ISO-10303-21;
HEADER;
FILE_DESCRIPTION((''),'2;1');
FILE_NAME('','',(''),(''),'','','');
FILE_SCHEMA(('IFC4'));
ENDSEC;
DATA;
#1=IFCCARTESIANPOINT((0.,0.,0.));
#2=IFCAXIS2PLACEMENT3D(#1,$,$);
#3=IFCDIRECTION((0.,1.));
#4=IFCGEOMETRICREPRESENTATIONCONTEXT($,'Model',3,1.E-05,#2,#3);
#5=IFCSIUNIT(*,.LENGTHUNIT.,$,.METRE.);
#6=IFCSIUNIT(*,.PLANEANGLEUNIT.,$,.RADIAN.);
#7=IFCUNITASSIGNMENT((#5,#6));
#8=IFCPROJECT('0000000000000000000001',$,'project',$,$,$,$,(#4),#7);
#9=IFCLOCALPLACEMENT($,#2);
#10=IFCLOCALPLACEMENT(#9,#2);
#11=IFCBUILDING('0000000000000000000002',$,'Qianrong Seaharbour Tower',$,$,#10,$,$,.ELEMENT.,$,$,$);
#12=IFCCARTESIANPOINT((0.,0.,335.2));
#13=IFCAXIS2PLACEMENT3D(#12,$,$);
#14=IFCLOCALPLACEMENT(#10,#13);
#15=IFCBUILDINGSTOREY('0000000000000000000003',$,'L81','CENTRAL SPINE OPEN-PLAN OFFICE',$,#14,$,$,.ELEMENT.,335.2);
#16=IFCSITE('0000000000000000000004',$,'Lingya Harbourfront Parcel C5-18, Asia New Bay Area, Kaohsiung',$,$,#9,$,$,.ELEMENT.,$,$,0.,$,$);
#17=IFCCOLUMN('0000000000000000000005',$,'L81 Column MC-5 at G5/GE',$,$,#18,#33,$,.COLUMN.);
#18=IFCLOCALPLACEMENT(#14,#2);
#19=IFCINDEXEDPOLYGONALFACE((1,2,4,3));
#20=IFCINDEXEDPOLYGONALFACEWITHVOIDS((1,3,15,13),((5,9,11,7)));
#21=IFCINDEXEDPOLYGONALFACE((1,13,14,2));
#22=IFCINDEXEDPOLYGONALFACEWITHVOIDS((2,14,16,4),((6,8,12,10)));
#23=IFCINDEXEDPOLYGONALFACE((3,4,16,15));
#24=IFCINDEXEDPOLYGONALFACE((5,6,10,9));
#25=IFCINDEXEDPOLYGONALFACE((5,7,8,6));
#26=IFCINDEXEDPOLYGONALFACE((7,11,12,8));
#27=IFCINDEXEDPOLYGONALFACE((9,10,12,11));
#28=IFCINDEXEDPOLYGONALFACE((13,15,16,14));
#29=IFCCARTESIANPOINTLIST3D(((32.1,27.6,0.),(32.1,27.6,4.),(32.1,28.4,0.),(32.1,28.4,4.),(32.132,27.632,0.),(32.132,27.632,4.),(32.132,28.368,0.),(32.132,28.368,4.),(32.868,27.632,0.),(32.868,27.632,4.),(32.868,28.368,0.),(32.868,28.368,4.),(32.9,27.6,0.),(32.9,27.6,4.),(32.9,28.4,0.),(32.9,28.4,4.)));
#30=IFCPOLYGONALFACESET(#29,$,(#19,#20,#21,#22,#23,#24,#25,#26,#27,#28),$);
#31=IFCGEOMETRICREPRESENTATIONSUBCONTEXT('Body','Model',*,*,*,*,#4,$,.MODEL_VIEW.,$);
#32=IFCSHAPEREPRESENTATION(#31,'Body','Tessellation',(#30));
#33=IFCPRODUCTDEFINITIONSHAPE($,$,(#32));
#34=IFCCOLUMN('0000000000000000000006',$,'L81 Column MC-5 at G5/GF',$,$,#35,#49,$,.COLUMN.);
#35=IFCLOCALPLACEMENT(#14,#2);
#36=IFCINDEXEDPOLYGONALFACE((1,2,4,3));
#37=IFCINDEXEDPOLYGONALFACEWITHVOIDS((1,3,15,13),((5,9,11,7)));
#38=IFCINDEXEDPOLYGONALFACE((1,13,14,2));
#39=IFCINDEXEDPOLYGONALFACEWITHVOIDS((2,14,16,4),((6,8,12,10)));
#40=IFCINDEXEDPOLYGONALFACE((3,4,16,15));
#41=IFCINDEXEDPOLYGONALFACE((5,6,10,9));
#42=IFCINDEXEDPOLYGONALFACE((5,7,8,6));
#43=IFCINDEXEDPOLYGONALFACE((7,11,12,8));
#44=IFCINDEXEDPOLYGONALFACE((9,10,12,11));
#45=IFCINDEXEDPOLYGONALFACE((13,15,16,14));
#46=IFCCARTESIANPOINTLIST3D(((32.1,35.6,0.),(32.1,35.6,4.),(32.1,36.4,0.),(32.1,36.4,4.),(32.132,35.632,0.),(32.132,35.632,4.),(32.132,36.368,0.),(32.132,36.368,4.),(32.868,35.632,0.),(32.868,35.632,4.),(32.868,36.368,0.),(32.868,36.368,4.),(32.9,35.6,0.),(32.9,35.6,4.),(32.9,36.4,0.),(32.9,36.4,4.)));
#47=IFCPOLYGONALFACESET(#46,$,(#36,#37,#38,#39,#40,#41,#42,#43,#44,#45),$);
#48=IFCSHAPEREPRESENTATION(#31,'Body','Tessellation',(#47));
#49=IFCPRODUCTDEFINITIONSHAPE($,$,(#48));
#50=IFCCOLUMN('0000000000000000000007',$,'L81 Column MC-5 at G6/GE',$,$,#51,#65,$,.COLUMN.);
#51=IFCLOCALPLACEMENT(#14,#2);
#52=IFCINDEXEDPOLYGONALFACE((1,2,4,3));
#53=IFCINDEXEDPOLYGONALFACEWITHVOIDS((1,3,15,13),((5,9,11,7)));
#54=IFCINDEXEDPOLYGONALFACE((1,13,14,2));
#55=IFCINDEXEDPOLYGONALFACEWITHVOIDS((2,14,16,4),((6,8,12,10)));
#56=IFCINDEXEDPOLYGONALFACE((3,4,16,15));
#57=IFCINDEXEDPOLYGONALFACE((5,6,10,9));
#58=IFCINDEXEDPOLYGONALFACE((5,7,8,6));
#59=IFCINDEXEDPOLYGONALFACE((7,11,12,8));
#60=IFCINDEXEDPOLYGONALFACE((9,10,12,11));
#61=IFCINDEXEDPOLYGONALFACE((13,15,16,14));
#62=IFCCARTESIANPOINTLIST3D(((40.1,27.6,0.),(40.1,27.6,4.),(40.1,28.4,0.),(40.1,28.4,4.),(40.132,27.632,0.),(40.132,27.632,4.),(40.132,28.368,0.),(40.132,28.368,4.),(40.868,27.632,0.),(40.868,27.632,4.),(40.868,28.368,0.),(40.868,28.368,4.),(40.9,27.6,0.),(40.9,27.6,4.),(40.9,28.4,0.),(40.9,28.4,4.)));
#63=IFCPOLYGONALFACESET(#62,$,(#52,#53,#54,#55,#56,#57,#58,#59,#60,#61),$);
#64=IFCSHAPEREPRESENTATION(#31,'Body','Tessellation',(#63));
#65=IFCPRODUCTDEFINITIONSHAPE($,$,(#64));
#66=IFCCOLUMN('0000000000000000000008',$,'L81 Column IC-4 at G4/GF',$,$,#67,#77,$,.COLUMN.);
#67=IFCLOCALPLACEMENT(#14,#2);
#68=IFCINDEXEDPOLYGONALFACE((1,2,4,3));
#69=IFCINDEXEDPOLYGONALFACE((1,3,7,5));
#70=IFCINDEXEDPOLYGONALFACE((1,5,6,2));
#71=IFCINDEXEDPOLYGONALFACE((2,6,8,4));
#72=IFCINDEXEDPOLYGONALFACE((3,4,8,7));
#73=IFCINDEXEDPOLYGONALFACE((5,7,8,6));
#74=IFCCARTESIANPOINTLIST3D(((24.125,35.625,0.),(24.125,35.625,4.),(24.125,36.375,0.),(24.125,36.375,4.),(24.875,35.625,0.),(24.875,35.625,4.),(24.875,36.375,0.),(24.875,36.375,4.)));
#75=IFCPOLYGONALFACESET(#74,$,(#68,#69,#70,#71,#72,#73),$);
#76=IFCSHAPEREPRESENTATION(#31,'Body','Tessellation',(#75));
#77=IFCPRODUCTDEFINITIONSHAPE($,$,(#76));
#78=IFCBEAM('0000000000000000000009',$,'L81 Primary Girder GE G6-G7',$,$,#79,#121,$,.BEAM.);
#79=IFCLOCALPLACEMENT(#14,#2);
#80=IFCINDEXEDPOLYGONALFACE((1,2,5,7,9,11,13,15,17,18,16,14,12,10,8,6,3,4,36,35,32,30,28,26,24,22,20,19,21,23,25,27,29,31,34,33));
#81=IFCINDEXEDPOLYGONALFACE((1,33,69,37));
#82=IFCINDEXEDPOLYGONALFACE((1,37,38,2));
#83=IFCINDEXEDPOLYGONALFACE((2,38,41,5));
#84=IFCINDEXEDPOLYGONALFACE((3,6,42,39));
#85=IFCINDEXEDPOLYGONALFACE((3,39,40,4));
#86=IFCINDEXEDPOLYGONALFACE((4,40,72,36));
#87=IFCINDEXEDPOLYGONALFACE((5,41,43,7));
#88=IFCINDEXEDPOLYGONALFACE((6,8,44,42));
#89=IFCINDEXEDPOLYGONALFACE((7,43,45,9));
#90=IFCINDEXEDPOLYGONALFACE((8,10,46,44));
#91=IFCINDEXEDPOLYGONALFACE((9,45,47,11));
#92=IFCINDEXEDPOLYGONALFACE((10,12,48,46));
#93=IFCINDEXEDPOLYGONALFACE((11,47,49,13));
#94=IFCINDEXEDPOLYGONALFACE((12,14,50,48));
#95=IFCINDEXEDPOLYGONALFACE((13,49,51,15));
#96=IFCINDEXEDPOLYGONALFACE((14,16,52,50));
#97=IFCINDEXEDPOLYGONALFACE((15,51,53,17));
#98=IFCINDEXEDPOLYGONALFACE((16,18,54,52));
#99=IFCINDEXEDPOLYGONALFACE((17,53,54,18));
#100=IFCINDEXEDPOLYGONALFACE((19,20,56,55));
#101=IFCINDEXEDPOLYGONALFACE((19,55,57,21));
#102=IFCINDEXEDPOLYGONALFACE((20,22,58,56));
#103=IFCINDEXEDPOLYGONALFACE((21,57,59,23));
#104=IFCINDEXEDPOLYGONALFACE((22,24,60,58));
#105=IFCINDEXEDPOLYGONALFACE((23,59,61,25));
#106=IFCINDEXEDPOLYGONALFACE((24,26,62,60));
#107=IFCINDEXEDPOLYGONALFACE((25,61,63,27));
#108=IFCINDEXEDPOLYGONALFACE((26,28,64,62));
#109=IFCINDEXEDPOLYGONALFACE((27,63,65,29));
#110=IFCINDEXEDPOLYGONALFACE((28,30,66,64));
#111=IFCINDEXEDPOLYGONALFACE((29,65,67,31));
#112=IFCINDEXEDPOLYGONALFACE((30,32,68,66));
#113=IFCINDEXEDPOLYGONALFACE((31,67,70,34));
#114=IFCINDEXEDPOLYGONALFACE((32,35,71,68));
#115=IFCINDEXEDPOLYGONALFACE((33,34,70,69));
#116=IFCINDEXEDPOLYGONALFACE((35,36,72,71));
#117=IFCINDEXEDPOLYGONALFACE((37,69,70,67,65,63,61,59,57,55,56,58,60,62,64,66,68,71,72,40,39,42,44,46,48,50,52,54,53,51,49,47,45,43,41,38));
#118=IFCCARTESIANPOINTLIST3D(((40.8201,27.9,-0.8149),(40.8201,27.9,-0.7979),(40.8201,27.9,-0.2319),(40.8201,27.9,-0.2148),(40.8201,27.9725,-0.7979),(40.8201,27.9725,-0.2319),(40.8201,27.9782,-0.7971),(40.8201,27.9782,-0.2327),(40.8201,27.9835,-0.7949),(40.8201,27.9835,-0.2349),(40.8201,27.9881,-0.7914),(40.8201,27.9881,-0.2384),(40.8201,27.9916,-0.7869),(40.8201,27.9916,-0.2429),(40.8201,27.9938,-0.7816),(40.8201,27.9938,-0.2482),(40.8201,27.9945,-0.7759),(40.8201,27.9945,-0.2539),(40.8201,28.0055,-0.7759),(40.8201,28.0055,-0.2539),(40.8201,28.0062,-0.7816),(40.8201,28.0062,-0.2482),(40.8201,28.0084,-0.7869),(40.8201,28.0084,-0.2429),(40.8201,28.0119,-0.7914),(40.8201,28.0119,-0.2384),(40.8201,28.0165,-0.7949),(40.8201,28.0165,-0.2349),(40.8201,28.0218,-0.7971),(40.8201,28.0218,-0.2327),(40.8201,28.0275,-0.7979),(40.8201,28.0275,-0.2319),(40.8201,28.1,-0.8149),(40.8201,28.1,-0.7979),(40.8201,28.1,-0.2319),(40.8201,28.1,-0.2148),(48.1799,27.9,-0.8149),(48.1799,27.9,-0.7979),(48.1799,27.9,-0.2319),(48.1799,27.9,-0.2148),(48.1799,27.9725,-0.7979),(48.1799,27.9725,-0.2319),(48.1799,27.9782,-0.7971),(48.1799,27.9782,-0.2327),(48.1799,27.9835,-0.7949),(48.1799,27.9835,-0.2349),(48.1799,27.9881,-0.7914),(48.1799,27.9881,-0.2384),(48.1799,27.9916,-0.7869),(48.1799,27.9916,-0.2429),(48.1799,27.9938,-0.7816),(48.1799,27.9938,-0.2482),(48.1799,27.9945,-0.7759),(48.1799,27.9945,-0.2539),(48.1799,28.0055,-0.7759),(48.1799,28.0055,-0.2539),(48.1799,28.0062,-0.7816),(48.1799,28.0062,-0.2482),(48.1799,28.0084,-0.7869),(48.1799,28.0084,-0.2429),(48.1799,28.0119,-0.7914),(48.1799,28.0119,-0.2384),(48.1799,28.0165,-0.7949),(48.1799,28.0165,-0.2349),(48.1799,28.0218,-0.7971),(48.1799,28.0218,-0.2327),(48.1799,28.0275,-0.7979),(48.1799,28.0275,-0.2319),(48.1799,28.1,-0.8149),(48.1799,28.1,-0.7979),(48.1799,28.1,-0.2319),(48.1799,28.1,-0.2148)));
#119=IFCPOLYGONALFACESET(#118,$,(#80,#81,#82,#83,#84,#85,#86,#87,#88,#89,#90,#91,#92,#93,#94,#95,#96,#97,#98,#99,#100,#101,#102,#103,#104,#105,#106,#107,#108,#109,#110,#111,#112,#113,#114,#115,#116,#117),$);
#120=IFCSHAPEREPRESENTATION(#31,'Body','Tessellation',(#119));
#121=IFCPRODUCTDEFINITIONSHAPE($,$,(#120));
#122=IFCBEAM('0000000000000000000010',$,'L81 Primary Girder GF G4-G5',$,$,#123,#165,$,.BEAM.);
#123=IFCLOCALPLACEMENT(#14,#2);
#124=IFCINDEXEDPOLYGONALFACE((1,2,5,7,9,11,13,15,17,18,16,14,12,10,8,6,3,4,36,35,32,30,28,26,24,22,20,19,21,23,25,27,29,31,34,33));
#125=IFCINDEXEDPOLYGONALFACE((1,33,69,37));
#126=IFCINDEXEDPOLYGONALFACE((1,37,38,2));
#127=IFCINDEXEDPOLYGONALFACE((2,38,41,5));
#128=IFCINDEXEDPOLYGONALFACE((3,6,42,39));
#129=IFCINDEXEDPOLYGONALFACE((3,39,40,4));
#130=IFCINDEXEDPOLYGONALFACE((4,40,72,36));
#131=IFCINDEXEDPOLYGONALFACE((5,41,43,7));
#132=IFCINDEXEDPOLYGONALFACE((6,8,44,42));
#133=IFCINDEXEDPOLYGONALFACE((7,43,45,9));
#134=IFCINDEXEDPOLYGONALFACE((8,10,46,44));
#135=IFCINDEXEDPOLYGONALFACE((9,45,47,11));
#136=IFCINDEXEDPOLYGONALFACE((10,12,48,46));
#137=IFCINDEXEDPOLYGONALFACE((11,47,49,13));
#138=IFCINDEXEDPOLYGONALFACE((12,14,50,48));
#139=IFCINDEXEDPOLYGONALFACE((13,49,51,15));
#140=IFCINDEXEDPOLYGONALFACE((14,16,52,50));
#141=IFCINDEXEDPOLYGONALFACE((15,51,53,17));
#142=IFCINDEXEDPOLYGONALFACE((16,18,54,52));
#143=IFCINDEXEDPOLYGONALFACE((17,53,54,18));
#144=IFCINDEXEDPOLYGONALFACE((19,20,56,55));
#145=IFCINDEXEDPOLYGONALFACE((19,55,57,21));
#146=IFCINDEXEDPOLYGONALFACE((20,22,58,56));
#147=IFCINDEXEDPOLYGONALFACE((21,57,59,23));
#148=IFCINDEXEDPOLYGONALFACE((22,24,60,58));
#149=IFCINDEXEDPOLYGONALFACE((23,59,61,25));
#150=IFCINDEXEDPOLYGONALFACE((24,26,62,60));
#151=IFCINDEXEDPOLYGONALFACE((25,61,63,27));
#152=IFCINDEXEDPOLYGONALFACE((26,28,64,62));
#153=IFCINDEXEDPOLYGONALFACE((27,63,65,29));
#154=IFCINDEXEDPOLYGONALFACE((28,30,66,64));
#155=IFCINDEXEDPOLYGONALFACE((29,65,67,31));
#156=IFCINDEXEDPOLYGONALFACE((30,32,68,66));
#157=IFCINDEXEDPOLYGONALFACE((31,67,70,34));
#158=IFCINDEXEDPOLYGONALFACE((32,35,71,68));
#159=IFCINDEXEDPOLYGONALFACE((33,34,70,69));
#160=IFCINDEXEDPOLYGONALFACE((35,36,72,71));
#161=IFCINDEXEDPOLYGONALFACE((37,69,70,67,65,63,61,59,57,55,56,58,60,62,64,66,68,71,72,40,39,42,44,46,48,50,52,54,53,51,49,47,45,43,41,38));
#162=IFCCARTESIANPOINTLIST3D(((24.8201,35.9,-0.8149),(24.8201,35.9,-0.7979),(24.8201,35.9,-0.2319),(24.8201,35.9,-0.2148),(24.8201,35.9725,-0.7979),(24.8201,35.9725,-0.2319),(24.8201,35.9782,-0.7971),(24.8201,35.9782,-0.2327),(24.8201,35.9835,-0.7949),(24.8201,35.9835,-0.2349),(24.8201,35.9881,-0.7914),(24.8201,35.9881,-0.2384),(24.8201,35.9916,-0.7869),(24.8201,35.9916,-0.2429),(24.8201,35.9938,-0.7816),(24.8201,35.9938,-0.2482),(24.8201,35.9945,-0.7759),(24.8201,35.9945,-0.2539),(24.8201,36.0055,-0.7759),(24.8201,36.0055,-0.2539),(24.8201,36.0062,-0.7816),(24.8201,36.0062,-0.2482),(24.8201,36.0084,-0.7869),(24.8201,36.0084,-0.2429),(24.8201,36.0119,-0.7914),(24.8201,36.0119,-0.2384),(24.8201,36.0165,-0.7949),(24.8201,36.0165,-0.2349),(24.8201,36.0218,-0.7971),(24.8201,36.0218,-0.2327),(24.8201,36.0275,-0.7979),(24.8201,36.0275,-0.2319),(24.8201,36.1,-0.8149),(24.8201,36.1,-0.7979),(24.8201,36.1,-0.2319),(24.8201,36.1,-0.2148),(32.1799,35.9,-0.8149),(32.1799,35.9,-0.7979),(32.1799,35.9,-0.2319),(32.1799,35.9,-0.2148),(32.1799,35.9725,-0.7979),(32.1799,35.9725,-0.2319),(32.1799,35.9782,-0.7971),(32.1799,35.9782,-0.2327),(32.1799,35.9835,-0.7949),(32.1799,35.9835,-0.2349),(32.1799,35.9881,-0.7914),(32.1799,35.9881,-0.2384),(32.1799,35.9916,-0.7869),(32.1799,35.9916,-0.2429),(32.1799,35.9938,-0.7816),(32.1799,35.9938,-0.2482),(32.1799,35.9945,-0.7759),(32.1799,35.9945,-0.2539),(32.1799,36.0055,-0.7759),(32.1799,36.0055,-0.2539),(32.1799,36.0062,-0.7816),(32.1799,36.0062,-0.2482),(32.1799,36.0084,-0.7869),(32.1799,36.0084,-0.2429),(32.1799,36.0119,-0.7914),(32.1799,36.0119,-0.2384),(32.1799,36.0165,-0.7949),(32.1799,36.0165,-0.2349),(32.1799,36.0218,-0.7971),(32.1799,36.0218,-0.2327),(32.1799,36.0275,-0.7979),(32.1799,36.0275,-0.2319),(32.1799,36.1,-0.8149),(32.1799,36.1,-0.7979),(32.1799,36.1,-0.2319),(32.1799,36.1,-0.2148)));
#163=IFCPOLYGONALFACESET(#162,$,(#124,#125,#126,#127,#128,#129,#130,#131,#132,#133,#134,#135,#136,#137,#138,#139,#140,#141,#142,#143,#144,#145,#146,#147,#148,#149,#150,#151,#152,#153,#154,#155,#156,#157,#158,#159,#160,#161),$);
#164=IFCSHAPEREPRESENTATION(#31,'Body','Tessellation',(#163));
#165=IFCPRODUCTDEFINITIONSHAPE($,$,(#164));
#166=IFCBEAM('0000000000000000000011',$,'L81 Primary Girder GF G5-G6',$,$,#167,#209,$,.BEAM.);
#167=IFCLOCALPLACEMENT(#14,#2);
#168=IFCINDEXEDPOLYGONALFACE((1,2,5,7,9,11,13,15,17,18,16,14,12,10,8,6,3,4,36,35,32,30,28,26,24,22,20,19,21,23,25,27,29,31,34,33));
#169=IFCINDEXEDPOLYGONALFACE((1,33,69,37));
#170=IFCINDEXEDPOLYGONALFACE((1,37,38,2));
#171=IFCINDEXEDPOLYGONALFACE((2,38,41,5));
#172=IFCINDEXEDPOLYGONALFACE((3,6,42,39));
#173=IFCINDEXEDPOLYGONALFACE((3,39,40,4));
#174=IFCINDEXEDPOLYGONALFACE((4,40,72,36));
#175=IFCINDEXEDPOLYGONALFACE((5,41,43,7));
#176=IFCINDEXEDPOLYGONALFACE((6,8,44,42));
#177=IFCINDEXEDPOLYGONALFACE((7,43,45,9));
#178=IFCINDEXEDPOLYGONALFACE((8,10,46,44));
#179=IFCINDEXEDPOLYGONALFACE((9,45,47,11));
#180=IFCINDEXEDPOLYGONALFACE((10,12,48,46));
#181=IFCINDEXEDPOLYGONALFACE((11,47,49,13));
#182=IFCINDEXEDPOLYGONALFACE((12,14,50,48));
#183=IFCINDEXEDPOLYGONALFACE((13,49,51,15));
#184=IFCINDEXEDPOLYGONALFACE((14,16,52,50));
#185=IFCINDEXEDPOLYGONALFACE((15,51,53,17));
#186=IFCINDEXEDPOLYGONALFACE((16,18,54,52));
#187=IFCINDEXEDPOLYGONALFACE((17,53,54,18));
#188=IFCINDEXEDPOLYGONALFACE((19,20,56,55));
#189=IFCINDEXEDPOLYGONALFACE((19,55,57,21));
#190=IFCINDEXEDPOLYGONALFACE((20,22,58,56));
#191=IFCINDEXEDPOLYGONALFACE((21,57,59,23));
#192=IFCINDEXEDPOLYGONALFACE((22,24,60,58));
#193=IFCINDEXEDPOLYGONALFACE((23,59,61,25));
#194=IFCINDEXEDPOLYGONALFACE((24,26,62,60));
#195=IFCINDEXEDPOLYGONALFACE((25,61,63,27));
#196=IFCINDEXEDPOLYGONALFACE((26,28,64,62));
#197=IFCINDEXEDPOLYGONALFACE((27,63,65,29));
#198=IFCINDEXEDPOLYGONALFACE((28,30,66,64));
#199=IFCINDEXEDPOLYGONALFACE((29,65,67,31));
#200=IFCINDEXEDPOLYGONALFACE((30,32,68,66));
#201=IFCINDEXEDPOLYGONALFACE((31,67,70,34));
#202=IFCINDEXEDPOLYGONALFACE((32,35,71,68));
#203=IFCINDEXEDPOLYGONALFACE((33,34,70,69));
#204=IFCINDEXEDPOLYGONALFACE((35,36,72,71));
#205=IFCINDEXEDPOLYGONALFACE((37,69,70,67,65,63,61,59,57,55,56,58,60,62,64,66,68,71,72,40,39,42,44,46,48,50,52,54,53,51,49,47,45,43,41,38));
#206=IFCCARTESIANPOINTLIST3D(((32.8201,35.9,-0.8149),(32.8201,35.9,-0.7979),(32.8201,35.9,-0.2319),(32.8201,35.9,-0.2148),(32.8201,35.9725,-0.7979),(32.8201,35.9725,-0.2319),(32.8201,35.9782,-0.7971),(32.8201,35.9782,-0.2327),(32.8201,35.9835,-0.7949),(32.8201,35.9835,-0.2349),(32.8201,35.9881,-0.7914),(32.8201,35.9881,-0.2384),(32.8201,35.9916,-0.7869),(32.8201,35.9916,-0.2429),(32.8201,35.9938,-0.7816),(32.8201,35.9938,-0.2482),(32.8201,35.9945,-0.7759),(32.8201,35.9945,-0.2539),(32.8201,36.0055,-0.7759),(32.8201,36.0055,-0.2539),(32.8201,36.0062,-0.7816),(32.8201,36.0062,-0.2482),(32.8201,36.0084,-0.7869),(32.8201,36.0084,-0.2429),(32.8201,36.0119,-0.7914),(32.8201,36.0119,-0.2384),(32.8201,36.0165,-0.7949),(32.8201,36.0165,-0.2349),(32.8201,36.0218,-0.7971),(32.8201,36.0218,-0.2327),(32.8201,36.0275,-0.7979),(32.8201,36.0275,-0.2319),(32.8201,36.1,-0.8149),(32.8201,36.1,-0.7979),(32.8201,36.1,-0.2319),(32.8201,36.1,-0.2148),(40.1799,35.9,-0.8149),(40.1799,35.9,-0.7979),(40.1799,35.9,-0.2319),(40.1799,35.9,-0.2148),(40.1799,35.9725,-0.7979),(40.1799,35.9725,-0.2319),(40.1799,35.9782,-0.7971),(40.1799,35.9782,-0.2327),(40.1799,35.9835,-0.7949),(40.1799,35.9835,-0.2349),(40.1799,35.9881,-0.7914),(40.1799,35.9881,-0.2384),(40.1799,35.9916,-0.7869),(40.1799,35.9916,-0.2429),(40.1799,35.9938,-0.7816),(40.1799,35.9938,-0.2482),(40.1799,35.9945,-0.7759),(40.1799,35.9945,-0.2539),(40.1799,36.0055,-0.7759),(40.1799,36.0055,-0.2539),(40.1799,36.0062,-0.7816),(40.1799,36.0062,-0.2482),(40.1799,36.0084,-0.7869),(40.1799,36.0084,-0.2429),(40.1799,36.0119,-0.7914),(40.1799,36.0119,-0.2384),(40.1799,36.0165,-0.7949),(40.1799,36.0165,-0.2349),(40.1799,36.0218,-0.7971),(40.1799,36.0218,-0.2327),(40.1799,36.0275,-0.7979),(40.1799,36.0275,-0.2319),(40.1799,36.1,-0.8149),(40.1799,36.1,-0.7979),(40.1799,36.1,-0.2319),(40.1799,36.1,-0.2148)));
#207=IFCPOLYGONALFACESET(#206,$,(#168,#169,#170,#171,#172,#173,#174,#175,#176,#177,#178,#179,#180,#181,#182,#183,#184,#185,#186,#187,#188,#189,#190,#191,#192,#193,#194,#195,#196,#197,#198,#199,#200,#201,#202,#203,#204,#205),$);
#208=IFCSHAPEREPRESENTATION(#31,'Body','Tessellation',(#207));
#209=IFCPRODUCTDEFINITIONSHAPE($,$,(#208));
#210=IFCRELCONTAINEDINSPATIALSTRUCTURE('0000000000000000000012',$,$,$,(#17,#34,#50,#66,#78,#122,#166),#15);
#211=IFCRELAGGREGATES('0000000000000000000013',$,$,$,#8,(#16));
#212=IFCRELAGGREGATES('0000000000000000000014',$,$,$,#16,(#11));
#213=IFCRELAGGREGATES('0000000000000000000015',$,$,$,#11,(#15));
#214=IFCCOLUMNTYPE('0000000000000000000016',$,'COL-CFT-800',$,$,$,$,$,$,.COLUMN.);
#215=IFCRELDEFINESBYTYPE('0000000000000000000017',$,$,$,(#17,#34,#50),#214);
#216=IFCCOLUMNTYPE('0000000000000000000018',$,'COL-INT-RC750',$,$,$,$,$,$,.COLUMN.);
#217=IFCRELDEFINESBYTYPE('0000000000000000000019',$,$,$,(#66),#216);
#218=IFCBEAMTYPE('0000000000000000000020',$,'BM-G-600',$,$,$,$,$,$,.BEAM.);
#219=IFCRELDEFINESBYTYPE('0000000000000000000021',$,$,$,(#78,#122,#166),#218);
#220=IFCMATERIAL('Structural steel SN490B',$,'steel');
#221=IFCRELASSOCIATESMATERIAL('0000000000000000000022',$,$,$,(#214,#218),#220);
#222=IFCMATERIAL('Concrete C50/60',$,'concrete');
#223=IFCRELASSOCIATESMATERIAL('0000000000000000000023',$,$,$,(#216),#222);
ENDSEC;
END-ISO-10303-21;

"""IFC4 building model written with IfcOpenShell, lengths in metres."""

from ifc_helpers import new_model, si_unit, direction, frame, origin, origin_2d, place, context, subcontext, project, spatial, rectangle, hollow_rectangle, i_section, extrude, material, material_profile, profile_set, type_object, element, save


model = new_model("IFC4")

# Units and contexts
model_context = context("Model", 3, precision=1e-05, world=origin(), true_north=direction((0.0, 1.0)))
body_context = subcontext(model_context, "Body", "Model", "MODEL_VIEW")
ifc_project = project(units=[si_unit("LENGTHUNIT", "METRE"), si_unit("PLANEANGLEUNIT", "RADIAN")], contexts=[model_context])

# Site, building, storey
site_placement = place(None, origin())
site = spatial("IfcSite", under=ifc_project, at=site_placement, Name="Lingya Harbourfront Parcel C5-18, Asia New Bay Area, Kaohsiung", CompositionType="ELEMENT", RefElevation=0.0)
building_placement = place(site_placement, origin())
building = spatial("IfcBuilding", under=site, at=building_placement, Name="Qianrong Seaharbour Tower", CompositionType="ELEMENT")
storey_placement = place(building_placement, frame((0.0, 0.0, 335.2)))
storey = spatial("IfcBuildingStorey", under=building, at=storey_placement, Name="L81", Description="CENTRAL SPINE OPEN-PLAN OFFICE", CompositionType="ELEMENT", Elevation=335.2)

# Columns
ifc_material_1 = material(Name="Structural steel SN490B", Category="steel")
ifc_material_profile_1 = material_profile(ifc_material_1, hollow_rectangle(XDim=0.8, YDim=0.8, WallThickness=0.032, at=origin_2d()), Name="BOX800x800x32")
ifc_profile_set_1 = profile_set([ifc_material_profile_1], Name="Structural steel SN490B")
column_type_1 = type_object("IfcColumnType", Name="COL-CFT-800", PredefinedType="COLUMN", material=ifc_profile_set_1)
for number, where, z_axis, x_axis, name in (
    (1, (32.5, 28.0, 0.0), (0.0, 0.0, 1.0), (1.0, 0.0, 0.0), "L81 Column MC-5 at G5/GE"),
    (2, (32.5, 36.0, 0.0), (0.0, 0.0, 1.0), (1.0, 0.0, 0.0), "L81 Column MC-5 at G5/GF"),
    (3, (40.5, 28.0, 0.0), (0.0, 0.0, 1.0), (1.0, 0.0, 0.0), "L81 Column MC-5 at G6/GE"),
):
    element("IfcColumn", number, at=place(storey_placement, frame(where, z_axis=z_axis, x_axis=x_axis)), inside=storey, type_object=column_type_1, Name=name, PredefinedType="COLUMN", context=body_context, shape_type="SweptSolid", body=[
        extrude(hollow_rectangle(XDim=0.8, YDim=0.8, WallThickness=0.032, at=origin_2d()), origin(), (0.0, 0.0, 1.0), 4.0),
    ])
ifc_material_2 = material(Name="Concrete C50/60", Category="concrete")
ifc_material_profile_2 = material_profile(ifc_material_2, rectangle(XDim=0.75, YDim=0.75, at=origin_2d()), Name="RC750x750")
ifc_profile_set_2 = profile_set([ifc_material_profile_2], Name="Concrete C50/60")
column_type_2 = type_object("IfcColumnType", Name="COL-INT-RC750", PredefinedType="COLUMN", material=ifc_profile_set_2)
column_placement = place(storey_placement, frame((24.5, 36.0, 0.0), z_axis=(0.0, 0.0, 1.0), x_axis=(1.0, 0.0, 0.0)))
element("IfcColumn", 4, at=column_placement, inside=storey, type_object=column_type_2, Name="L81 Column IC-4 at G4/GF", PredefinedType="COLUMN", context=body_context, shape_type="SweptSolid", body=[
    extrude(rectangle(XDim=0.75, YDim=0.75, at=origin_2d()), origin(), (0.0, 0.0, 1.0), 4.0),
])

# Beams
ifc_material_profile_3 = material_profile(ifc_material_1, i_section(OverallWidth=0.2, OverallDepth=0.6001, WebThickness=0.011, FlangeThickness=0.0171, FilletRadius=0.022, at=origin_2d()), Name="H600x200x11x17")
ifc_profile_set_3 = profile_set([ifc_material_profile_3], Name="Structural steel SN490B")
beam_type_1 = type_object("IfcBeamType", Name="BM-G-600", PredefinedType="BEAM", material=ifc_profile_set_3)
for number, where, z_axis, x_axis, name in (
    (5, (40.8201, 28.0, -0.5149), (1.0, 0.0, 0.0), (0.0, 1.0, 0.0), "L81 Primary Girder GE G6-G7"),
    (6, (24.8201, 36.0, -0.5149), (1.0, 0.0, 0.0), (0.0, 1.0, 0.0), "L81 Primary Girder GF G4-G5"),
    (7, (32.8201, 36.0, -0.5149), (1.0, 0.0, 0.0), (0.0, 1.0, 0.0), "L81 Primary Girder GF G5-G6"),
):
    element("IfcBeam", number, at=place(storey_placement, frame(where, z_axis=z_axis, x_axis=x_axis)), inside=storey, type_object=beam_type_1, Name=name, PredefinedType="BEAM", context=body_context, shape_type="SweptSolid", body=[
        extrude(i_section(OverallWidth=0.2, OverallDepth=0.6001, WebThickness=0.011, FlangeThickness=0.0171, FilletRadius=0.022, at=origin_2d()), origin(), (0.0, 0.0, 1.0), 7.3599),
    ])

save(model, "model.ifc")
